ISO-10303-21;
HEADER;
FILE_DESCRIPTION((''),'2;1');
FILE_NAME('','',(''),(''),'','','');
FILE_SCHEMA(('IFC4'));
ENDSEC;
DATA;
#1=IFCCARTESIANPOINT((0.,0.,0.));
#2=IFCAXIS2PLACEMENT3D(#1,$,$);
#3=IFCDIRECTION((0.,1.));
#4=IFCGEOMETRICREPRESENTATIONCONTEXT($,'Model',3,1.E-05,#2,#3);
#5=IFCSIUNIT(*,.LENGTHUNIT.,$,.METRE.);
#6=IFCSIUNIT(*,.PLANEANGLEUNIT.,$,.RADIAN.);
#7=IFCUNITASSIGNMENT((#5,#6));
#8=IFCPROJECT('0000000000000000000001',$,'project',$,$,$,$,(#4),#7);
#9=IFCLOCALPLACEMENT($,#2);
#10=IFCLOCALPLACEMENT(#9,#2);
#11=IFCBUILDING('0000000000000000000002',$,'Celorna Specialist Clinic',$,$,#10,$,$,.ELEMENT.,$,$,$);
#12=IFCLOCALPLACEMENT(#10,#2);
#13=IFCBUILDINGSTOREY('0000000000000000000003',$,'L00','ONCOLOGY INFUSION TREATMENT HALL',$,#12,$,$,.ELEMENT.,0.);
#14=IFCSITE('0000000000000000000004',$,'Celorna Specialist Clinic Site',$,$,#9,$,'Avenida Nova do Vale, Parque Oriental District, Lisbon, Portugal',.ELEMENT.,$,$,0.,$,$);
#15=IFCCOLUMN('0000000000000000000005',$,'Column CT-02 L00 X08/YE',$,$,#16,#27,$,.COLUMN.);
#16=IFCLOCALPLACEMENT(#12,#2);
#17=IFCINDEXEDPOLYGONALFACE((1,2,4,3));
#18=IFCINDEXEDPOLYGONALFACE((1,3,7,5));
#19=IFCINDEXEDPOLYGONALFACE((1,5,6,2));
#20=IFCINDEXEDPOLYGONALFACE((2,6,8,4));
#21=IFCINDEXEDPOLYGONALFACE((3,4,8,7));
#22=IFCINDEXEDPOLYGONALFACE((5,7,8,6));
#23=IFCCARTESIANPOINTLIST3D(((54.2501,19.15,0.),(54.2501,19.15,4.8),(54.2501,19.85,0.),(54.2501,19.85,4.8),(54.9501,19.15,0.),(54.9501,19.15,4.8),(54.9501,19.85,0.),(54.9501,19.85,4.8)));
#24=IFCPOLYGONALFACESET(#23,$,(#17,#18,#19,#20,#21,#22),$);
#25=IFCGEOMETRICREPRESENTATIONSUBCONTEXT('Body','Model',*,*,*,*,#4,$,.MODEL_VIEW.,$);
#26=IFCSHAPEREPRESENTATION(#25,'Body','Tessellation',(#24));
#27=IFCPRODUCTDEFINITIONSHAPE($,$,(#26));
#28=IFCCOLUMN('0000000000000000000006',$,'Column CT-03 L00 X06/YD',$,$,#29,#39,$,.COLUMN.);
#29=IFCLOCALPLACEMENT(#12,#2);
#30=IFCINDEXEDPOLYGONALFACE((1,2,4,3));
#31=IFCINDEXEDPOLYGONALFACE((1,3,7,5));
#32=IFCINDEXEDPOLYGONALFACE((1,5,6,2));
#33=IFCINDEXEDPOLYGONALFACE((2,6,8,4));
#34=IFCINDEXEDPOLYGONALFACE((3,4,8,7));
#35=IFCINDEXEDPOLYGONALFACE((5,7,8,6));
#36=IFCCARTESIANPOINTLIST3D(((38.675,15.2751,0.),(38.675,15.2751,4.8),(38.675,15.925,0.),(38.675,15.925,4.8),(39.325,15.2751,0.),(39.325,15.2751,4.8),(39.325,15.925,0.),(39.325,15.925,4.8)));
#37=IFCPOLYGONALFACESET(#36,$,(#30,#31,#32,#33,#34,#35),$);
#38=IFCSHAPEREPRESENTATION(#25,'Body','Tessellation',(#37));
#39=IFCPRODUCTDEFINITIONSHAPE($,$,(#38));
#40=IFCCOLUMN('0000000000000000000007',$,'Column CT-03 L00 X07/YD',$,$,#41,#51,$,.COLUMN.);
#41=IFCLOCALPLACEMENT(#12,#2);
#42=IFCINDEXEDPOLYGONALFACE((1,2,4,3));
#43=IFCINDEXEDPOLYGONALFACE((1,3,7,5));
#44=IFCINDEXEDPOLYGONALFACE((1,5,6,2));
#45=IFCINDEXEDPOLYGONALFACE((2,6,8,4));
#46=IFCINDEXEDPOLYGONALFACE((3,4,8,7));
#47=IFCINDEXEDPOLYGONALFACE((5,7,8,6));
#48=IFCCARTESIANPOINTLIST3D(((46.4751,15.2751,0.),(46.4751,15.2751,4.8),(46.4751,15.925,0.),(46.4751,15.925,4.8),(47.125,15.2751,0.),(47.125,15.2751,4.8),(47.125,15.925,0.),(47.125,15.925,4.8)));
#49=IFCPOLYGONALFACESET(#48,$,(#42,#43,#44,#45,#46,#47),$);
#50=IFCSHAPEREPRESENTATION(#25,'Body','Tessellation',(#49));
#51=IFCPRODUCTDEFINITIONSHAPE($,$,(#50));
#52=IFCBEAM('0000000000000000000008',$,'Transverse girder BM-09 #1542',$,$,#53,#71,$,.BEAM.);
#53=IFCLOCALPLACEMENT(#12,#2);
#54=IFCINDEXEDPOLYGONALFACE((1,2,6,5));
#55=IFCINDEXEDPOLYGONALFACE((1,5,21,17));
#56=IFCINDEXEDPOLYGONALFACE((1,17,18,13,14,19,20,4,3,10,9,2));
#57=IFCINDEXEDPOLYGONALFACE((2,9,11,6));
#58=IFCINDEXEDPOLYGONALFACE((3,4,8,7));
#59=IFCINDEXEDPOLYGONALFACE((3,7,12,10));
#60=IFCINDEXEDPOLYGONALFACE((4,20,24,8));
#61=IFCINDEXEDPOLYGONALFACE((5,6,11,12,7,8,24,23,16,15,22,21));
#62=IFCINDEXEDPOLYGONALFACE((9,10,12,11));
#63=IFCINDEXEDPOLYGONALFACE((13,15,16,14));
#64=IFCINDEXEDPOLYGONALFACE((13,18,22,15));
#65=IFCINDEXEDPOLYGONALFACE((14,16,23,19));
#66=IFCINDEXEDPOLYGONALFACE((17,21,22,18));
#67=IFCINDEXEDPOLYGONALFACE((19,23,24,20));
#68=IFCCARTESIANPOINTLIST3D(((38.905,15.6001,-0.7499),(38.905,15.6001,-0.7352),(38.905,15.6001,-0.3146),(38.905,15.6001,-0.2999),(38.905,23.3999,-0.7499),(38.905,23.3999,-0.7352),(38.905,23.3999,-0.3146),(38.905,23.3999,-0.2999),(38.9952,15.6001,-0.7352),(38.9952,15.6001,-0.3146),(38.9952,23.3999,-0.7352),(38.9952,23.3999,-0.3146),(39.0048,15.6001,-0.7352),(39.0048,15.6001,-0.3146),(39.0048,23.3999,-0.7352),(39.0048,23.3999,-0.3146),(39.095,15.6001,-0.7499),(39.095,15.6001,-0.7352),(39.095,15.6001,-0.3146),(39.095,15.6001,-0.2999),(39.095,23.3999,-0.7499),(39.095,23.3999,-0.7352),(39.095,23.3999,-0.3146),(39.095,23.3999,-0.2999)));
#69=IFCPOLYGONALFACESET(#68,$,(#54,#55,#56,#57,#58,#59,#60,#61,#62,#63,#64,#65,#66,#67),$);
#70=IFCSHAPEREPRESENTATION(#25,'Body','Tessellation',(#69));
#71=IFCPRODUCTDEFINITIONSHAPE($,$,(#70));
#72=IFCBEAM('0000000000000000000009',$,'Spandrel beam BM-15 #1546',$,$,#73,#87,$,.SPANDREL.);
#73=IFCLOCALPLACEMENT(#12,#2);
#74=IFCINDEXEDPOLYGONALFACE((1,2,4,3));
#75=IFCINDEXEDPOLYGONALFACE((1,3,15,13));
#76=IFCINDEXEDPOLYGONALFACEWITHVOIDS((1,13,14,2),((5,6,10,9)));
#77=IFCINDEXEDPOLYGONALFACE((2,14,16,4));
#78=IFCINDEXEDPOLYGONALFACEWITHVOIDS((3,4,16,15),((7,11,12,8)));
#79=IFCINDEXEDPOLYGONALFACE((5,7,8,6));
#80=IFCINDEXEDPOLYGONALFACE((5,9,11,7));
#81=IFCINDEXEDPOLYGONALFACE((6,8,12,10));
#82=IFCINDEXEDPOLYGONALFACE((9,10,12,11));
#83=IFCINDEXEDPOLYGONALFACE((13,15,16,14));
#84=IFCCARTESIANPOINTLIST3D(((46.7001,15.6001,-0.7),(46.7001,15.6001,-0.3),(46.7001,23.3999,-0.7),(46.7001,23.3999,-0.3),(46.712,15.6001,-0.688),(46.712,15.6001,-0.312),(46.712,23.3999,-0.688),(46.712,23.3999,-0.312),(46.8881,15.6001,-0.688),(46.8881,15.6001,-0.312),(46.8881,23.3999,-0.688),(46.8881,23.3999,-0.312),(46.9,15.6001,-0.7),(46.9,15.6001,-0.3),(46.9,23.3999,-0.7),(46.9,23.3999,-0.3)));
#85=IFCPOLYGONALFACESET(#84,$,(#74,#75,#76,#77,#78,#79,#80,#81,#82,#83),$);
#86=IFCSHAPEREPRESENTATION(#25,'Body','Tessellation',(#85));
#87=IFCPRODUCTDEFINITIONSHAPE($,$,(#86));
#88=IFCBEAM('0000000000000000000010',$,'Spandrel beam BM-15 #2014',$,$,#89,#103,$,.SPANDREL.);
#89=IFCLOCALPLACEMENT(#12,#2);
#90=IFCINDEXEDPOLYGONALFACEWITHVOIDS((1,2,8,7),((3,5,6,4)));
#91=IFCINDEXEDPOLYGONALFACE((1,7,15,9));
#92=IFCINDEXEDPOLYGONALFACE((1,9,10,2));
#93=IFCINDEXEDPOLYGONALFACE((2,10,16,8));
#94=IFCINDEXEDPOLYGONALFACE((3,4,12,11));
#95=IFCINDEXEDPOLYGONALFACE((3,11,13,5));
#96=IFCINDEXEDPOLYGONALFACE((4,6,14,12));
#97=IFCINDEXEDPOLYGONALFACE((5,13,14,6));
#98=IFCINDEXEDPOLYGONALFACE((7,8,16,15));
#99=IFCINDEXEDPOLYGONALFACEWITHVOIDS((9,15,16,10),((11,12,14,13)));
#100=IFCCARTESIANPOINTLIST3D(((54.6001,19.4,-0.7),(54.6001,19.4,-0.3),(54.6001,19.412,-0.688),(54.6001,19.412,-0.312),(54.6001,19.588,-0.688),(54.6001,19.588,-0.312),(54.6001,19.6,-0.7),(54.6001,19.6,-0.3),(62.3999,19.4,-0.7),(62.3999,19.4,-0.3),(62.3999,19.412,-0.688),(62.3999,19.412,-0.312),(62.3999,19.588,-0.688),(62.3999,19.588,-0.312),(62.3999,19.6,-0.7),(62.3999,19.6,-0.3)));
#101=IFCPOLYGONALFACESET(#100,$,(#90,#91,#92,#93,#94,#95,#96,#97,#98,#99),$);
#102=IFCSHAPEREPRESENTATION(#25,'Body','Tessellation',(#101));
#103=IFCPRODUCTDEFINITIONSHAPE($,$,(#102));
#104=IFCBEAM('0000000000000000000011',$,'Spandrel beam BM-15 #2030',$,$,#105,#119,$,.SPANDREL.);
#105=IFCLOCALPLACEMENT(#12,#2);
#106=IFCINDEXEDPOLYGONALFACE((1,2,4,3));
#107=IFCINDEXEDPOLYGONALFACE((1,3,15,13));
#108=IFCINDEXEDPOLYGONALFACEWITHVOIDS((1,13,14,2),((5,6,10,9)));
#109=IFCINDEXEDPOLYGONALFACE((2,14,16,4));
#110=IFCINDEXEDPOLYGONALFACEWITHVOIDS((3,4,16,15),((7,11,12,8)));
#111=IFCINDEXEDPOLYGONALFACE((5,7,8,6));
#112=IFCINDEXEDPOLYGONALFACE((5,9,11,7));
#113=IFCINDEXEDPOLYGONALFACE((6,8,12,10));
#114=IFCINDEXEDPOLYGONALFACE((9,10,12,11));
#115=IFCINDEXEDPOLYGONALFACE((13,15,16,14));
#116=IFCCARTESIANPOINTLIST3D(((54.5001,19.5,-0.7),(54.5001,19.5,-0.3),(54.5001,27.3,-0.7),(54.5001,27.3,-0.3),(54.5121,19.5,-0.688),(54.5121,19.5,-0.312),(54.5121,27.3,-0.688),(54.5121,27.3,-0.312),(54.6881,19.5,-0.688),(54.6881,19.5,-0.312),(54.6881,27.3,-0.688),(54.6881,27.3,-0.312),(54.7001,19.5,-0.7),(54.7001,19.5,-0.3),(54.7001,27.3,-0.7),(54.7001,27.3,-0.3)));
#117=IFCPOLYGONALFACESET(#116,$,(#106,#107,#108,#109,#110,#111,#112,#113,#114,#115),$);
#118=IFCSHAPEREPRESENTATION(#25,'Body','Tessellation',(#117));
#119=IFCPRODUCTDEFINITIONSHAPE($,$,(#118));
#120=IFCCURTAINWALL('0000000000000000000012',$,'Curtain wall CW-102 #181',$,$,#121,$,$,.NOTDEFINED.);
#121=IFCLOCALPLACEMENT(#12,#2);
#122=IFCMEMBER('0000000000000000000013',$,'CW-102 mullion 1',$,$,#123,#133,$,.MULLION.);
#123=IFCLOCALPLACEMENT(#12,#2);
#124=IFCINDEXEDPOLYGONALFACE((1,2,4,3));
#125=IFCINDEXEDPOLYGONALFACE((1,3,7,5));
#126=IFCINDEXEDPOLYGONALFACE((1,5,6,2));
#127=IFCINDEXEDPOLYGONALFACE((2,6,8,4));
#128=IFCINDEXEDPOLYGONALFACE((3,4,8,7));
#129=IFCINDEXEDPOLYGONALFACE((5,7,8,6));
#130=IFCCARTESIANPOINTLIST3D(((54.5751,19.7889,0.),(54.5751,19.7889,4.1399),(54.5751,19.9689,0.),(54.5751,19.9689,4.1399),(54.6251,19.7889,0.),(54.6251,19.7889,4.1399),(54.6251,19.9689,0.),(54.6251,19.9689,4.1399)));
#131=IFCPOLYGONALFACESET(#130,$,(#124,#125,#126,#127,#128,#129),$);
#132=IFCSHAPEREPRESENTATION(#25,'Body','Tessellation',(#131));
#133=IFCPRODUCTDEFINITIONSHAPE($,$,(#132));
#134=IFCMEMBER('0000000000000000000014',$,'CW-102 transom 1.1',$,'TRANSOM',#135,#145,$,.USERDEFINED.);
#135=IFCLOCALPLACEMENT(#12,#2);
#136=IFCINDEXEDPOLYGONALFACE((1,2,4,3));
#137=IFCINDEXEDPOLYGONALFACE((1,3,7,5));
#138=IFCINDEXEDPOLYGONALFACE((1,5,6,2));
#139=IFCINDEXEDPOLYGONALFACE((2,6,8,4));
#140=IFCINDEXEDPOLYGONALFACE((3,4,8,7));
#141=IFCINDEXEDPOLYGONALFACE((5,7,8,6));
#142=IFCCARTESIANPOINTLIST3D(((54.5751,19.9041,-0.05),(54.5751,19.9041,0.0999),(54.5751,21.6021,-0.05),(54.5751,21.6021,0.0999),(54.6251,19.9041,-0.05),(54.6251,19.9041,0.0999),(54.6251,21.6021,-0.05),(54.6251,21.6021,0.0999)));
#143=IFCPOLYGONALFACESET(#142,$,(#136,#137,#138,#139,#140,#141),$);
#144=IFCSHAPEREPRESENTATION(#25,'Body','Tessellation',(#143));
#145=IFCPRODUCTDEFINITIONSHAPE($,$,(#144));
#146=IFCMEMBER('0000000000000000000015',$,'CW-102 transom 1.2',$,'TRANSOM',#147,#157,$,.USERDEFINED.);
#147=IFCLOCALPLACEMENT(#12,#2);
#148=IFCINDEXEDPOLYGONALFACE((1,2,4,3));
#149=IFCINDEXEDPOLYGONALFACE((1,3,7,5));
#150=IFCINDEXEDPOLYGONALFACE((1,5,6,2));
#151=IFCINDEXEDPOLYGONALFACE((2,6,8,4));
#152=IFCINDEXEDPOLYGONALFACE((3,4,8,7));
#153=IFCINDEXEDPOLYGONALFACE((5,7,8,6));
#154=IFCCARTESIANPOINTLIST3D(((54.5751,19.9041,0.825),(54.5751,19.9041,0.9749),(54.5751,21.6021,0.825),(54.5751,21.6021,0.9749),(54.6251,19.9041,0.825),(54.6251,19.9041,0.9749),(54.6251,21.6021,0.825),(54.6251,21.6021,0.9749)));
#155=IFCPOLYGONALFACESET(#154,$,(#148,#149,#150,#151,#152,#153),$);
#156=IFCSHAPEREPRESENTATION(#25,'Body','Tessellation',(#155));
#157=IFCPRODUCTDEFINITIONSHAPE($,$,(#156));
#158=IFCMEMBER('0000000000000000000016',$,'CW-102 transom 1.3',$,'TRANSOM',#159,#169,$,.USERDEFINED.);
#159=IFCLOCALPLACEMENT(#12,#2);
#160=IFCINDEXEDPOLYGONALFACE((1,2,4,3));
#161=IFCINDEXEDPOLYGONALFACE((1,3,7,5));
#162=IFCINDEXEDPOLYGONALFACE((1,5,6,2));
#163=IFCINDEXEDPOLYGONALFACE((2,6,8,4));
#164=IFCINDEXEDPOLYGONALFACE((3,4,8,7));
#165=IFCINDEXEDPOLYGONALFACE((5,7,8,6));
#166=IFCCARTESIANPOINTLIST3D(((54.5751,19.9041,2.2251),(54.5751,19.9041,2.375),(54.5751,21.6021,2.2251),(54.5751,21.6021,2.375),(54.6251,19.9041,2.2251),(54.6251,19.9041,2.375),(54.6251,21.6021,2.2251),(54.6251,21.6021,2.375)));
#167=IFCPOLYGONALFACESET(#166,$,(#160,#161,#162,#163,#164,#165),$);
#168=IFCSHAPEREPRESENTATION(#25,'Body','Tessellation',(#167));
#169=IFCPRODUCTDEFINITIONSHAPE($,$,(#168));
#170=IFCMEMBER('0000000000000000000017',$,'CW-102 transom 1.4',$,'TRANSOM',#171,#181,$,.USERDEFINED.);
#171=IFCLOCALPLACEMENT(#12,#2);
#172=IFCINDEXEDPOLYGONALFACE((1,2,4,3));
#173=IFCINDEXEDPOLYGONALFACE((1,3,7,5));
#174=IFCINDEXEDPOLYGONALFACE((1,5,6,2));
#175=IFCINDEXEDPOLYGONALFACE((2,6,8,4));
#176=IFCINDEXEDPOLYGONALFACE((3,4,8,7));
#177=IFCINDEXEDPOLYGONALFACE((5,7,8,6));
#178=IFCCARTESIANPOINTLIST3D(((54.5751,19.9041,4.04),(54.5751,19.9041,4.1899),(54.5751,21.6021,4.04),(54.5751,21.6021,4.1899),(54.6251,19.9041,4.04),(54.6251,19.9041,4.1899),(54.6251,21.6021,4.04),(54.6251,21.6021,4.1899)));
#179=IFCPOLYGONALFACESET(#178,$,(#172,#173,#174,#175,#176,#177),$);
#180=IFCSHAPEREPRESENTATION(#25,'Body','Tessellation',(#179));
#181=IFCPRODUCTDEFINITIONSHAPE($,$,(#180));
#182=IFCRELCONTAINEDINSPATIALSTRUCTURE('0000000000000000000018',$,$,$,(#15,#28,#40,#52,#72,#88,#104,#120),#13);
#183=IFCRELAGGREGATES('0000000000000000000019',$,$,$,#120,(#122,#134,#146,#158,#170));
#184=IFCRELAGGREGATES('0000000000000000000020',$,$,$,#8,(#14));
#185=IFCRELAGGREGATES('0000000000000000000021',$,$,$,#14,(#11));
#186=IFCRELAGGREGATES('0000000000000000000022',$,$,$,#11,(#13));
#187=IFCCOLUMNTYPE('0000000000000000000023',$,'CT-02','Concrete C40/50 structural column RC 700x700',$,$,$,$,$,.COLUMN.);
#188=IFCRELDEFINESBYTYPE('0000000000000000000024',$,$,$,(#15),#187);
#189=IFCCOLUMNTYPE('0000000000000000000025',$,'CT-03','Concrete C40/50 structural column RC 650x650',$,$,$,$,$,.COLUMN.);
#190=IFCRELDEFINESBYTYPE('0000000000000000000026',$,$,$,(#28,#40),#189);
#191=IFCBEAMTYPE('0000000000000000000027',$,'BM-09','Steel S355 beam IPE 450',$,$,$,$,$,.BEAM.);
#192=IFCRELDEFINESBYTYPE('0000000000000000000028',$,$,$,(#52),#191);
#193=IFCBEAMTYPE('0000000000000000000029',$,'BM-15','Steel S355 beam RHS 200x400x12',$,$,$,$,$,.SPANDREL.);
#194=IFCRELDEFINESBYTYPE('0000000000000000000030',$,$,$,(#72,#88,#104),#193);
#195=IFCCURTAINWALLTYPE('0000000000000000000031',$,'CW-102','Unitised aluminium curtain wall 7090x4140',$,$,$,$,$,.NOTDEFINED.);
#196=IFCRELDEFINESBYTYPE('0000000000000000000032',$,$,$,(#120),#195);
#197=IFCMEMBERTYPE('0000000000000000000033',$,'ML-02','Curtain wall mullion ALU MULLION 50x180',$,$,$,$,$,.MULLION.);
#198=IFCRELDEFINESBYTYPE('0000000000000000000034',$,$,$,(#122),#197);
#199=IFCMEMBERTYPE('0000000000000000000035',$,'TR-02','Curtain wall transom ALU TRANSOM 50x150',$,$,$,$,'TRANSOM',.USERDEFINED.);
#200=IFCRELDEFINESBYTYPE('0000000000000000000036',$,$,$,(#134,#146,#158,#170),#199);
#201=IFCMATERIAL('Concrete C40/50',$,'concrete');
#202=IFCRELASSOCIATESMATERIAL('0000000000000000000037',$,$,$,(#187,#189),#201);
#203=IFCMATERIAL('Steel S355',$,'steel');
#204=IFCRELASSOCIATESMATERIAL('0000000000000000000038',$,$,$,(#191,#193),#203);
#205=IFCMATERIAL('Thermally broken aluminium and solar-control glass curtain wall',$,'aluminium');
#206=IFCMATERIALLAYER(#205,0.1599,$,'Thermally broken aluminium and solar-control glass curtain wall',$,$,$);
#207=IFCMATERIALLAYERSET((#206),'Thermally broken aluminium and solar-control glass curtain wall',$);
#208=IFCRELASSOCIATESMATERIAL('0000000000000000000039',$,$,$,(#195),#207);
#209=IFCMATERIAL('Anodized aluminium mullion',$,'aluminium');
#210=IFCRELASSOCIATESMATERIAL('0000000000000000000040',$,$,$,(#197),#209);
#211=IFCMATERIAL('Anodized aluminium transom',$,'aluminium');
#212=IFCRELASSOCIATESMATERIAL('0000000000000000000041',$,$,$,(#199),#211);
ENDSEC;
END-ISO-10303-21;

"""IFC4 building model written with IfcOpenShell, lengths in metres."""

from ifc_helpers import new_model, si_unit, direction, frame, origin, origin_2d, place, context, subcontext, project, spatial, rectangle, hollow_rectangle, i_section, extrude, material, layer, layer_set, material_profile, profile_set, type_object, element, aggregate, save


model = new_model("IFC4")

# Units and contexts
model_context = context("Model", 3, precision=1e-05, world=origin(), true_north=direction((0.0, 1.0)))
body_context = subcontext(model_context, "Body", "Model", "MODEL_VIEW")
ifc_project = project(units=[si_unit("LENGTHUNIT", "METRE"), si_unit("PLANEANGLEUNIT", "RADIAN")], contexts=[model_context])

# Site, building, storey
site_placement = place(None, origin())
site = spatial("IfcSite", under=ifc_project, at=site_placement, Name="Celorna Specialist Clinic Site", LongName="Avenida Nova do Vale, Parque Oriental District, Lisbon, Portugal", CompositionType="ELEMENT", RefElevation=0.0)
building_placement = place(site_placement, origin())
building = spatial("IfcBuilding", under=site, at=building_placement, Name="Celorna Specialist Clinic", CompositionType="ELEMENT")
storey_placement = place(building_placement, origin())
storey = spatial("IfcBuildingStorey", under=building, at=storey_placement, Name="L00", Description="ONCOLOGY INFUSION TREATMENT HALL", CompositionType="ELEMENT", Elevation=0.0)

# Columns
ifc_material_1 = material(Name="Concrete C40/50", Category="concrete")
ifc_material_profile_1 = material_profile(ifc_material_1, rectangle(XDim=0.7, YDim=0.7, at=origin_2d()), Name="RC 700x700")
ifc_profile_set_1 = profile_set([ifc_material_profile_1], Name="Concrete C40/50")
column_type_1 = type_object("IfcColumnType", Name="CT-02", Description="Concrete C40/50 structural column RC 700x700", PredefinedType="COLUMN", material=ifc_profile_set_1)
column_placement = place(storey_placement, frame((54.6001, 19.5, 0.0), z_axis=(0.0, 0.0, 1.0), x_axis=(1.0, 0.0, 0.0)))
element("IfcColumn", 1, at=column_placement, inside=storey, type_object=column_type_1, Name="Column CT-02 L00 X08/YE", PredefinedType="COLUMN", context=body_context, shape_type="SweptSolid", body=[
    extrude(rectangle(XDim=0.7, YDim=0.7, at=origin_2d()), origin(), (0.0, 0.0, 1.0), 4.8),
])
ifc_material_profile_2 = material_profile(ifc_material_1, rectangle(XDim=0.6499, YDim=0.6499, at=origin_2d()), Name="RC 650x650")
ifc_profile_set_2 = profile_set([ifc_material_profile_2], Name="Concrete C40/50")
column_type_2 = type_object("IfcColumnType", Name="CT-03", Description="Concrete C40/50 structural column RC 650x650", PredefinedType="COLUMN", material=ifc_profile_set_2)
for number, where, z_axis, x_axis, name in (
    (2, (39.0, 15.6001, 0.0), (0.0, 0.0, 1.0), (1.0, 0.0, 0.0), "Column CT-03 L00 X06/YD"),
    (3, (46.8, 15.6001, 0.0), (0.0, 0.0, 1.0), (1.0, 0.0, 0.0), "Column CT-03 L00 X07/YD"),
):
    element("IfcColumn", number, at=place(storey_placement, frame(where, z_axis=z_axis, x_axis=x_axis)), inside=storey, type_object=column_type_2, Name=name, PredefinedType="COLUMN", context=body_context, shape_type="SweptSolid", body=[
        extrude(rectangle(XDim=0.6499, YDim=0.6499, at=origin_2d()), origin(), (0.0, 0.0, 1.0), 4.8),
    ])

# Beams
ifc_material_2 = material(Name="Steel S355", Category="steel")
ifc_material_profile_3 = material_profile(ifc_material_2, i_section(OverallWidth=0.1899, OverallDepth=0.45, WebThickness=0.0095, FlangeThickness=0.0146, at=origin_2d()), Name="IPE 450")
ifc_profile_set_3 = profile_set([ifc_material_profile_3], Name="Steel S355")
beam_type_1 = type_object("IfcBeamType", Name="BM-09", Description="Steel S355 beam IPE 450", PredefinedType="BEAM", material=ifc_profile_set_3)
beam_1_placement = place(storey_placement, frame((39.0, 15.6001, -0.5249), z_axis=(0.0, 1.0, 0.0), x_axis=(-1.0, 0.0, 0.0)))
element("IfcBeam", 4, at=beam_1_placement, inside=storey, type_object=beam_type_1, Name="Transverse girder BM-09 #1542", PredefinedType="BEAM", context=body_context, shape_type="SweptSolid", body=[
    extrude(i_section(OverallWidth=0.1899, OverallDepth=0.45, WebThickness=0.0095, FlangeThickness=0.0146, at=origin_2d()), origin(), (0.0, 0.0, 1.0), 7.7998),
])
ifc_material_profile_4 = material_profile(ifc_material_2, hollow_rectangle(XDim=0.2, YDim=0.3999, WallThickness=0.012, at=origin_2d()), Name="RHS 200x400x12")
ifc_profile_set_4 = profile_set([ifc_material_profile_4], Name="Steel S355")
beam_type_2 = type_object("IfcBeamType", Name="BM-15", Description="Steel S355 beam RHS 200x400x12", PredefinedType="SPANDREL", material=ifc_profile_set_4)
for number, where, z_axis, x_axis, name in (
    (5, (46.8, 15.6001, -0.5), (0.0, 1.0, 0.0), (-1.0, 0.0, 0.0), "Spandrel beam BM-15 #1546"),
    (6, (54.6001, 19.5, -0.5), (1.0, 0.0, 0.0), (0.0, 1.0, 0.0), "Spandrel beam BM-15 #2014"),
):
    element("IfcBeam", number, at=place(storey_placement, frame(where, z_axis=z_axis, x_axis=x_axis)), inside=storey, type_object=beam_type_2, Name=name, PredefinedType="SPANDREL", context=body_context, shape_type="SweptSolid", body=[
        extrude(hollow_rectangle(XDim=0.2, YDim=0.3999, WallThickness=0.012, at=origin_2d()), origin(), (0.0, 0.0, 1.0), 7.7998),
    ])
beam_2_placement = place(storey_placement, frame((54.6001, 19.5, -0.5), z_axis=(0.0, 1.0, 0.0), x_axis=(-1.0, 0.0, 0.0)))
element("IfcBeam", 7, at=beam_2_placement, inside=storey, type_object=beam_type_2, Name="Spandrel beam BM-15 #2030", PredefinedType="SPANDREL", context=body_context, shape_type="SweptSolid", body=[
    extrude(hollow_rectangle(XDim=0.2, YDim=0.3999, WallThickness=0.012, at=origin_2d()), origin(), (0.0, 0.0, 1.0), 7.8),
])

# Curtain wall, members
ifc_material_3 = material(Name="Thermally broken aluminium and solar-control glass curtain wall", Category="aluminium")
ifc_layer_1 = layer(ifc_material_3, 0.1599, Name="Thermally broken aluminium and solar-control glass curtain wall")
ifc_layer_set_1 = layer_set([ifc_layer_1], Name="Thermally broken aluminium and solar-control glass curtain wall")
curtain_wall_type = type_object("IfcCurtainWallType", Name="CW-102", Description="Unitised aluminium curtain wall 7090x4140", PredefinedType="NOTDEFINED", material=ifc_layer_set_1)
curtain_wall_placement = place(storey_placement, origin())
curtain_wall = element("IfcCurtainWall", 8, at=curtain_wall_placement, inside=storey, type_object=curtain_wall_type, Name="Curtain wall CW-102 #181", PredefinedType="NOTDEFINED")
ifc_material_4 = material(Name="Anodized aluminium mullion", Category="aluminium")
ifc_material_profile_5 = material_profile(ifc_material_4, rectangle(XDim=0.05, YDim=0.1799, at=origin_2d()), Name="ALU MULLION 50x180")
ifc_profile_set_5 = profile_set([ifc_material_profile_5], Name="Anodized aluminium mullion")
member_type_1 = type_object("IfcMemberType", Name="ML-02", Description="Curtain wall mullion ALU MULLION 50x180", PredefinedType="MULLION", material=ifc_profile_set_5)
member_1_placement = place(storey_placement, frame((54.6001, 19.8789, 0.0), z_axis=(0.0, 0.0, 1.0), x_axis=(-1.0, 0.0, 0.0)))
member_1 = element("IfcMember", 9, at=member_1_placement, type_object=member_type_1, Name="CW-102 mullion 1", PredefinedType="MULLION", context=body_context, shape_type="SweptSolid", body=[
    extrude(rectangle(XDim=0.05, YDim=0.1799, at=origin_2d()), origin(), (0.0, 0.0, 1.0), 4.1399),
])
ifc_material_5 = material(Name="Anodized aluminium transom", Category="aluminium")
ifc_material_profile_6 = material_profile(ifc_material_5, rectangle(XDim=0.05, YDim=0.1499, at=origin_2d()), Name="ALU TRANSOM 50x150")
ifc_profile_set_6 = profile_set([ifc_material_profile_6], Name="Anodized aluminium transom")
member_type_2 = type_object("IfcMemberType", Name="TR-02", Description="Curtain wall transom ALU TRANSOM 50x150", ElementType="TRANSOM", PredefinedType="USERDEFINED", material=ifc_profile_set_6)
member_2_placement = place(storey_placement, frame((54.6001, 19.9041, 0.0249), z_axis=(0.0, 1.0, 0.0), x_axis=(-1.0, 0.0, 0.0)))
member_2 = element("IfcMember", 10, at=member_2_placement, type_object=member_type_2, Name="CW-102 transom 1.1", ObjectType="TRANSOM", PredefinedType="USERDEFINED", context=body_context, shape_type="SweptSolid", body=[
    extrude(rectangle(XDim=0.05, YDim=0.1499, at=origin_2d()), origin(), (0.0, 0.0, 1.0), 1.698),
])
member_3_placement = place(storey_placement, frame((54.6001, 19.9041, 0.8999), z_axis=(0.0, 1.0, 0.0), x_axis=(-1.0, 0.0, 0.0)))
member_3 = element("IfcMember", 11, at=member_3_placement, type_object=member_type_2, Name="CW-102 transom 1.2", ObjectType="TRANSOM", PredefinedType="USERDEFINED", context=body_context, shape_type="SweptSolid", body=[
    extrude(rectangle(XDim=0.05, YDim=0.1499, at=origin_2d()), origin(), (0.0, 0.0, 1.0), 1.698),
])
member_4_placement = place(storey_placement, frame((54.6001, 19.9041, 2.3), z_axis=(0.0, 1.0, 0.0), x_axis=(-1.0, 0.0, 0.0)))
member_4 = element("IfcMember", 12, at=member_4_placement, type_object=member_type_2, Name="CW-102 transom 1.3", ObjectType="TRANSOM", PredefinedType="USERDEFINED", context=body_context, shape_type="SweptSolid", body=[
    extrude(rectangle(XDim=0.05, YDim=0.1499, at=origin_2d()), origin(), (0.0, 0.0, 1.0), 1.698),
])
member_5_placement = place(storey_placement, frame((54.6001, 19.9041, 4.115), z_axis=(0.0, 1.0, 0.0), x_axis=(-1.0, 0.0, 0.0)))
member_5 = element("IfcMember", 13, at=member_5_placement, type_object=member_type_2, Name="CW-102 transom 1.4", ObjectType="TRANSOM", PredefinedType="USERDEFINED", context=body_context, shape_type="SweptSolid", body=[
    extrude(rectangle(XDim=0.05, YDim=0.1499, at=origin_2d()), origin(), (0.0, 0.0, 1.0), 1.698),
])
aggregate(curtain_wall, [member_1, member_2, member_3, member_4, member_5])

save(model, "model.ifc")
